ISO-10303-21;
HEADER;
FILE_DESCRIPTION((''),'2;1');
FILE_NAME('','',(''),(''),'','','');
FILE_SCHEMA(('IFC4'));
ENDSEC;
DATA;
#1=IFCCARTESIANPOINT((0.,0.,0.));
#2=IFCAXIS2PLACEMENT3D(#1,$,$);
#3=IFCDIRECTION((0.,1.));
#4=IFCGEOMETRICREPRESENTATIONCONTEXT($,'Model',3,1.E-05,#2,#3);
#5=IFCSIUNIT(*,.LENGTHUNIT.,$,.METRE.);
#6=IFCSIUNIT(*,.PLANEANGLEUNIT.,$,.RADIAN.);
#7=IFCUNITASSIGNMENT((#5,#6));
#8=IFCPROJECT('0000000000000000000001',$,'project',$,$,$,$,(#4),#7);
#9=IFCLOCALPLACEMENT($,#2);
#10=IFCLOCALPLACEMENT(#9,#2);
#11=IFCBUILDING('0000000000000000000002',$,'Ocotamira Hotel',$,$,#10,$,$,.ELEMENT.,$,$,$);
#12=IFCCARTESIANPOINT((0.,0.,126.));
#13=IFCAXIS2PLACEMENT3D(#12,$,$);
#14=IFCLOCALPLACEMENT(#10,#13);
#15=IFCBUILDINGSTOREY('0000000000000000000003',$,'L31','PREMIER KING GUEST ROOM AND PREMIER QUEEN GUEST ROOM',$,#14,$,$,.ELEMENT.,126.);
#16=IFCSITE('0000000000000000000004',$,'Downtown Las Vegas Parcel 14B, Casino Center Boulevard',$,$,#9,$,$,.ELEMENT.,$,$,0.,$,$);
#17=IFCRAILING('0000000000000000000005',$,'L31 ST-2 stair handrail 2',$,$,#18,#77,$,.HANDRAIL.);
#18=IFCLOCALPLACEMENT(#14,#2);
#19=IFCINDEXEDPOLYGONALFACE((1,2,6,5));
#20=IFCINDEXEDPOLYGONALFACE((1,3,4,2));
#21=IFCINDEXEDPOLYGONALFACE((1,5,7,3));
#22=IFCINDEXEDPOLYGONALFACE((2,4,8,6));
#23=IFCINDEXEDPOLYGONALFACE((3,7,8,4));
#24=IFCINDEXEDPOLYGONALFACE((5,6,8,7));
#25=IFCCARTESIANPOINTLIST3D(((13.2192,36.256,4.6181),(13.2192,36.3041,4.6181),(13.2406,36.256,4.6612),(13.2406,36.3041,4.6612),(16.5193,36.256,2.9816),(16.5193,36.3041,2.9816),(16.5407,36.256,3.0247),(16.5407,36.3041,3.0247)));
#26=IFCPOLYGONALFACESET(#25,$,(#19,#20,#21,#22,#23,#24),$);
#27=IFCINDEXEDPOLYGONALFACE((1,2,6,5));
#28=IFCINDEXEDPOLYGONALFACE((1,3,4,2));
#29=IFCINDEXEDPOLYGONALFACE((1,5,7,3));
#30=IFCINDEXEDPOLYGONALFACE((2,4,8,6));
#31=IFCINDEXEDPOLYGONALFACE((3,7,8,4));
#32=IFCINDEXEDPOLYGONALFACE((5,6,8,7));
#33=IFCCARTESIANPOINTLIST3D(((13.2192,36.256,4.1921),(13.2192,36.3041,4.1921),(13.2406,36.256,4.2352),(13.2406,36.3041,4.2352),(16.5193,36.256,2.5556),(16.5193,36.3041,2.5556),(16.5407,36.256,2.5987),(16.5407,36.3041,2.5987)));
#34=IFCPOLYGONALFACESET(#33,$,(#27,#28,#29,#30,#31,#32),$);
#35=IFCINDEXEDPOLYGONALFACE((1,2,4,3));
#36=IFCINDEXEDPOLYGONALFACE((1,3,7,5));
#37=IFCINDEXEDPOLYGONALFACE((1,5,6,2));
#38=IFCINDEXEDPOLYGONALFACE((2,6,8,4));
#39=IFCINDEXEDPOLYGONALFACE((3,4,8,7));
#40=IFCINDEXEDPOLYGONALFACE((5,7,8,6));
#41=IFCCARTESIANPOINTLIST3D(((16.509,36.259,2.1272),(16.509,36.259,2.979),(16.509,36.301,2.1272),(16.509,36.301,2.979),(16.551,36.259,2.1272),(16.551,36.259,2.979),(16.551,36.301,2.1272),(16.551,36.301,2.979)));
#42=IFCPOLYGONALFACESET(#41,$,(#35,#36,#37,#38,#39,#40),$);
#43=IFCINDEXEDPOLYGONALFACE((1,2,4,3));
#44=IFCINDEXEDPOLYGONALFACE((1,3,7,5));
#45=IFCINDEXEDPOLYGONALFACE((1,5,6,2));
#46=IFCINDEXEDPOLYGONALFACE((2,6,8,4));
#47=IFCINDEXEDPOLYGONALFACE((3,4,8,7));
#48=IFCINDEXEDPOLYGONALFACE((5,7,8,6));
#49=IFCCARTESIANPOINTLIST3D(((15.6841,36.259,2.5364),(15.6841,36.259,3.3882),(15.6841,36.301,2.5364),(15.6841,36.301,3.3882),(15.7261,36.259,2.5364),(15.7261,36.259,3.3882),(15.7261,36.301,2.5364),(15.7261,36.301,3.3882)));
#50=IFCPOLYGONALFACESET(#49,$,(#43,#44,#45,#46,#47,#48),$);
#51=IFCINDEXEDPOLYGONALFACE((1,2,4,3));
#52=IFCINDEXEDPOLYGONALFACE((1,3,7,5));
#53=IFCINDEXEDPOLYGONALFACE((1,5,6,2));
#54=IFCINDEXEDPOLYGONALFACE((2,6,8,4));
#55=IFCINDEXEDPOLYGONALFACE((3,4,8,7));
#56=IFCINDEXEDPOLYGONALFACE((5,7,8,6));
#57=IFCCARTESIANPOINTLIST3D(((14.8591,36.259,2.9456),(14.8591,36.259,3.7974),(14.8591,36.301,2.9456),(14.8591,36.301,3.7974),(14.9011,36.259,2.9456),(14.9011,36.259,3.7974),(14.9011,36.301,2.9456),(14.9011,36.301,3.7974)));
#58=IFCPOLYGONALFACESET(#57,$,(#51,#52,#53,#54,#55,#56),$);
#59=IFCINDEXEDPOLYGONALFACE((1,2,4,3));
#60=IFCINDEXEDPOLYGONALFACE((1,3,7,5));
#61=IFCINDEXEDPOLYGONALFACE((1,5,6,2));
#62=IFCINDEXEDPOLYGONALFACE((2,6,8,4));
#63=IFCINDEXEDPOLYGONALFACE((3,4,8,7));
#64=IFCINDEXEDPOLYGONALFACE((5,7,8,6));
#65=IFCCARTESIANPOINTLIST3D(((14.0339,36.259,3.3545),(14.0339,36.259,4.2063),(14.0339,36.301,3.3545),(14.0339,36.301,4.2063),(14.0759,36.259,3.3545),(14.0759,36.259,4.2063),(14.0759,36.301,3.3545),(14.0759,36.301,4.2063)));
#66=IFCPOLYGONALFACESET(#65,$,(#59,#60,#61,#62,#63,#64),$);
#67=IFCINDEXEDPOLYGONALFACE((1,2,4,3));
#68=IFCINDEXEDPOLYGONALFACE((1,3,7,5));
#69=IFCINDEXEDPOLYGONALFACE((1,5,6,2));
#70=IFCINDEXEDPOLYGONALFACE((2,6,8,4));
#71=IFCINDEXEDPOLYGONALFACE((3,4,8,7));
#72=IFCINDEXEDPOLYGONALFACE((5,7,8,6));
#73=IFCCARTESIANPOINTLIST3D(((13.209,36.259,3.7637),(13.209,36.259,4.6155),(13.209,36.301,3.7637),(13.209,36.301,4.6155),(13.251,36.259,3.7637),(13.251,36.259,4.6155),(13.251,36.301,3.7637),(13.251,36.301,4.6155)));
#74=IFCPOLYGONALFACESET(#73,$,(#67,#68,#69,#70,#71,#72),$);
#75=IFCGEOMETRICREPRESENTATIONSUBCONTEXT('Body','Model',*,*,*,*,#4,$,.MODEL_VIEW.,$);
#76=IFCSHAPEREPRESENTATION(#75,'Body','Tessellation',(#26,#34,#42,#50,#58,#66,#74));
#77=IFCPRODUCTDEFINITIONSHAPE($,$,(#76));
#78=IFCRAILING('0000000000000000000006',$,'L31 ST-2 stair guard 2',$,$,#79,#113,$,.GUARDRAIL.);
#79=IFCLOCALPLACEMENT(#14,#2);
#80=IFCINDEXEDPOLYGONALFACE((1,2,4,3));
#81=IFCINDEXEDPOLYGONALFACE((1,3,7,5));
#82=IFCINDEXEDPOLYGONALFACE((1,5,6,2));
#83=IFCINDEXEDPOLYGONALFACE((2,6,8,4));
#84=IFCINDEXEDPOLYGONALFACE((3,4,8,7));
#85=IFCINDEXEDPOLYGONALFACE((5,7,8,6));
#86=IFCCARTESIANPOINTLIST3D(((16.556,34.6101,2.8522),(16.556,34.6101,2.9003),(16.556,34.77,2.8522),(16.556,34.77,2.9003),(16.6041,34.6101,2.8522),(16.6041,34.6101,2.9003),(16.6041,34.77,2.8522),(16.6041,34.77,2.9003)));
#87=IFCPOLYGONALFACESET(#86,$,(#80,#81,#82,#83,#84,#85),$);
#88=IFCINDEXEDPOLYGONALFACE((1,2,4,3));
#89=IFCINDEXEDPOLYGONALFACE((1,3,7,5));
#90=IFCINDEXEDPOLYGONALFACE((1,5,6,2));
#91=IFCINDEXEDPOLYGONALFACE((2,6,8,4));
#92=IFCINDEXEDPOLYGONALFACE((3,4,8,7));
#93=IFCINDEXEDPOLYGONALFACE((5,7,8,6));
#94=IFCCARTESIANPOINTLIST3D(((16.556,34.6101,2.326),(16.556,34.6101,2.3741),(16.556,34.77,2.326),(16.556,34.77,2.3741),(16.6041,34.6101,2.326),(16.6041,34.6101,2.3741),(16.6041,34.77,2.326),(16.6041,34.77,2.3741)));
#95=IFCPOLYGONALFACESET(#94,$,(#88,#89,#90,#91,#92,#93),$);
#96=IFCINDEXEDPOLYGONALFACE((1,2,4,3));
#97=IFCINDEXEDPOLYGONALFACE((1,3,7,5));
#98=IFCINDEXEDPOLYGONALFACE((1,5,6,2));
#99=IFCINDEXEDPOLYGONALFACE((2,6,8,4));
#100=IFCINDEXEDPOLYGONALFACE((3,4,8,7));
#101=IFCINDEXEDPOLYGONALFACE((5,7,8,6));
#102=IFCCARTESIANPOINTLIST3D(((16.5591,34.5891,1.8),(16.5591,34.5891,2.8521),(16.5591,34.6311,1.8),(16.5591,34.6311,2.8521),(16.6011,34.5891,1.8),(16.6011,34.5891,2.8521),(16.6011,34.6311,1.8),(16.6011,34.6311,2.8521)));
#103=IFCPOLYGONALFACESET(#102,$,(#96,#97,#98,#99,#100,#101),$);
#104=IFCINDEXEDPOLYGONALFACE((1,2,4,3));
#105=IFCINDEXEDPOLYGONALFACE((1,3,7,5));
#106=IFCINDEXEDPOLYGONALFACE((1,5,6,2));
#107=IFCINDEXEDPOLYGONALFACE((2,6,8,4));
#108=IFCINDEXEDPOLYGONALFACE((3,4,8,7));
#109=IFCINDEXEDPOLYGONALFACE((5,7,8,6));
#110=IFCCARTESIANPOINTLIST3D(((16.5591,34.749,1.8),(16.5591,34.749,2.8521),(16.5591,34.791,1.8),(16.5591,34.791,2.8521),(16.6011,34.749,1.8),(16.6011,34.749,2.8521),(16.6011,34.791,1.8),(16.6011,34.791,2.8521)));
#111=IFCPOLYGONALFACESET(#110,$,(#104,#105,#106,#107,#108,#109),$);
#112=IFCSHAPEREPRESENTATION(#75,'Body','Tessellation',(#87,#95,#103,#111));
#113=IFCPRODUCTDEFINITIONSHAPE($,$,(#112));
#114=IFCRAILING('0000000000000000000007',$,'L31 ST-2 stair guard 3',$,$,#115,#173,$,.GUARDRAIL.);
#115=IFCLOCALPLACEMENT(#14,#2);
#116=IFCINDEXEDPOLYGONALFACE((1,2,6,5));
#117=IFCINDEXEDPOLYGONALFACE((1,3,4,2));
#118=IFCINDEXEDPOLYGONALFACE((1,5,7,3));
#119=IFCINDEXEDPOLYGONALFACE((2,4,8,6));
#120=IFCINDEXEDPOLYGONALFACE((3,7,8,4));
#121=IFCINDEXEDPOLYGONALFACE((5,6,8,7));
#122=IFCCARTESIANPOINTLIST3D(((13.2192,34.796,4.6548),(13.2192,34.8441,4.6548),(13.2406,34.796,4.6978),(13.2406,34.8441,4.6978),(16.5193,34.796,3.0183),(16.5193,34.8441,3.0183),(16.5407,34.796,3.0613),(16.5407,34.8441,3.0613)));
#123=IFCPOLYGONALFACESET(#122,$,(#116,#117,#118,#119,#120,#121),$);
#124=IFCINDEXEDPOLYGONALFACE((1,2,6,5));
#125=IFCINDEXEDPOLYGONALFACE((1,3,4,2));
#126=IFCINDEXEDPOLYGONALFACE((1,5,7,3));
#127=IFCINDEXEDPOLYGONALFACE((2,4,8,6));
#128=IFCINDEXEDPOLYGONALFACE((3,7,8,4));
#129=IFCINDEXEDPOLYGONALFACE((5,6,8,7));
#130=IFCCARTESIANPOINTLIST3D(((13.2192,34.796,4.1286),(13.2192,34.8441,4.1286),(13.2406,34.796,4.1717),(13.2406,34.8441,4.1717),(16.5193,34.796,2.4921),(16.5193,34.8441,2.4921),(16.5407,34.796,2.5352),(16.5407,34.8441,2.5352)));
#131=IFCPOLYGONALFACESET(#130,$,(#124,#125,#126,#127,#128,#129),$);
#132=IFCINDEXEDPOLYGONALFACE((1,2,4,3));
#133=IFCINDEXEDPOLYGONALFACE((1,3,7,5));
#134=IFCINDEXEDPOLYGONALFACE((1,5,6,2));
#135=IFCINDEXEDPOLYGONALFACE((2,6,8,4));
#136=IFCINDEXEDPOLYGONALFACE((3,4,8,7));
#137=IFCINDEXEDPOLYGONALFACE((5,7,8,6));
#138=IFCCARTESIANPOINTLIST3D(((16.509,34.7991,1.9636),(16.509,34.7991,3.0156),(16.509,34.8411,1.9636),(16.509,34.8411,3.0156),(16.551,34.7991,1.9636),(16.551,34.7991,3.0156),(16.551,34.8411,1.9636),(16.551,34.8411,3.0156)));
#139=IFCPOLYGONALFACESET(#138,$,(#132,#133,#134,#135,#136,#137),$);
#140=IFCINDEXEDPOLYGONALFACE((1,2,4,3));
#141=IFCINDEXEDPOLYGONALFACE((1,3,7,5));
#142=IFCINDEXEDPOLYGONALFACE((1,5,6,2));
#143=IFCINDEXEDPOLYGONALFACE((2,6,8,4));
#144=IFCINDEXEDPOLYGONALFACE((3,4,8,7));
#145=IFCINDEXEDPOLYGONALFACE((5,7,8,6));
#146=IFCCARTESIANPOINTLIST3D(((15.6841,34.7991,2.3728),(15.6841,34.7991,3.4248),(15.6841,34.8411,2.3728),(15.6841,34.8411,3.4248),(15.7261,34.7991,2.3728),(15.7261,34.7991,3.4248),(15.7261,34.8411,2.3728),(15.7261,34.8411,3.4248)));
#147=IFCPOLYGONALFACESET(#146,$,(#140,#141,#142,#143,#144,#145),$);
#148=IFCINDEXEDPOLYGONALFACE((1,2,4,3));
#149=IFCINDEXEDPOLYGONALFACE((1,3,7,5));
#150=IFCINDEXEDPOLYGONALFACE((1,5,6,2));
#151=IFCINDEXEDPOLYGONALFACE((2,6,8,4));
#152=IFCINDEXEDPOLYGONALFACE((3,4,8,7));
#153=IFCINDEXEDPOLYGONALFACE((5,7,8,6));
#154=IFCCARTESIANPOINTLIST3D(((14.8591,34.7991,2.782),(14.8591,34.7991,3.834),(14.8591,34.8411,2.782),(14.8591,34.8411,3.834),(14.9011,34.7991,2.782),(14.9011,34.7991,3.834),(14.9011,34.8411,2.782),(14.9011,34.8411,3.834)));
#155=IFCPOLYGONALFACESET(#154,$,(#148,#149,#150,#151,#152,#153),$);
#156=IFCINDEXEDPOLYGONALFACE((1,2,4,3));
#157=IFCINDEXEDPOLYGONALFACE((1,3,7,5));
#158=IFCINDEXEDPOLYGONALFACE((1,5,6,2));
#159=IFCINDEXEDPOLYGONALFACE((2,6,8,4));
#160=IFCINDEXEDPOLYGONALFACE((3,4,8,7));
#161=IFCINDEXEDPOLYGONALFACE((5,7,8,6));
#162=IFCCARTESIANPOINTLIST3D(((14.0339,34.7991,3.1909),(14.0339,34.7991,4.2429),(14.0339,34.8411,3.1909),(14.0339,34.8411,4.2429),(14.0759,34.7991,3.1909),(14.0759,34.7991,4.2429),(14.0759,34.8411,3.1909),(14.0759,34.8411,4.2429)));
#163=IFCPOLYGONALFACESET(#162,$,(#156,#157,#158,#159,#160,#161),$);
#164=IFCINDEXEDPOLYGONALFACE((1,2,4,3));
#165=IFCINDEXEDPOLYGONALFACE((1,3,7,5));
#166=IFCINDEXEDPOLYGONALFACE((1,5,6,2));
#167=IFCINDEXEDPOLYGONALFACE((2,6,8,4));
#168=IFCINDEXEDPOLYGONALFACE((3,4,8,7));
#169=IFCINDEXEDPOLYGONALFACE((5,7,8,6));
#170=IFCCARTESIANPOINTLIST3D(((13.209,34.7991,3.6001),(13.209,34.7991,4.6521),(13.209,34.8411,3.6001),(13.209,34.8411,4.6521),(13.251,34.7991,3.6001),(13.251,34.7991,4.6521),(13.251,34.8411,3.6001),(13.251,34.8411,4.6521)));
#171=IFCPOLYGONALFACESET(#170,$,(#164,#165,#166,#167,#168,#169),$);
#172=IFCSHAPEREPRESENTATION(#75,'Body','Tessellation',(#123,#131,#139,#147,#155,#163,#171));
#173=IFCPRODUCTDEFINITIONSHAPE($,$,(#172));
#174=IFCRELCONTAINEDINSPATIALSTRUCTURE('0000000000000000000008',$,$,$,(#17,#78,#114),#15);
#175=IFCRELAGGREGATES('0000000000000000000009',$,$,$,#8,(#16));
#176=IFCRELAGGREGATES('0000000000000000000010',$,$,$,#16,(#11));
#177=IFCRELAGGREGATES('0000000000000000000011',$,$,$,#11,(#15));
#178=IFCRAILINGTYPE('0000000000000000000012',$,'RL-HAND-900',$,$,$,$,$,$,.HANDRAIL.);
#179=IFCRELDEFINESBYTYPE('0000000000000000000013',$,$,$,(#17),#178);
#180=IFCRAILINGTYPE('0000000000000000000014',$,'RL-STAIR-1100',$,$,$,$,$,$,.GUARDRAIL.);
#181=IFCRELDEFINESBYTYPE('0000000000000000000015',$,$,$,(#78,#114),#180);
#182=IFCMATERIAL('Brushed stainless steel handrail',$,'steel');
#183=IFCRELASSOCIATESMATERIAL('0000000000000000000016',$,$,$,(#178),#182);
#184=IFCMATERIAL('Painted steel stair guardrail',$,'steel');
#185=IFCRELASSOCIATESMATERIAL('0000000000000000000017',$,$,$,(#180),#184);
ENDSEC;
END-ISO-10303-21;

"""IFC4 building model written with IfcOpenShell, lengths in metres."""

from ifc_helpers import new_model, si_unit, direction, frame, origin, origin_2d, place, context, subcontext, project, spatial, rectangle, extrude, material, type_object, element, save


model = new_model("IFC4")

# Units and contexts
model_context = context("Model", 3, precision=1e-05, world=origin(), true_north=direction((0.0, 1.0)))
body_context = subcontext(model_context, "Body", "Model", "MODEL_VIEW")
ifc_project = project(units=[si_unit("LENGTHUNIT", "METRE"), si_unit("PLANEANGLEUNIT", "RADIAN")], contexts=[model_context])

# Site, building, storey
site_placement = place(None, origin())
site = spatial("IfcSite", under=ifc_project, at=site_placement, Name="Downtown Las Vegas Parcel 14B, Casino Center Boulevard", CompositionType="ELEMENT", RefElevation=0.0)
building_placement = place(site_placement, origin())
building = spatial("IfcBuilding", under=site, at=building_placement, Name="Ocotamira Hotel", CompositionType="ELEMENT")
storey_placement = place(building_placement, frame((0.0, 0.0, 126.0)))
storey = spatial("IfcBuildingStorey", under=building, at=storey_placement, Name="L31", Description="PREMIER KING GUEST ROOM AND PREMIER QUEEN GUEST ROOM", CompositionType="ELEMENT", Elevation=126.0)

# Railings
ifc_material_1 = material(Name="Brushed stainless steel handrail", Category="steel")
railing_type_1 = type_object("IfcRailingType", Name="RL-HAND-900", PredefinedType="HANDRAIL", material=ifc_material_1)
railing_1_placement = place(storey_placement, frame((16.53, 36.28, 2.1272)))
element("IfcRailing", 1, at=railing_1_placement, inside=storey, type_object=railing_type_1, Name="L31 ST-2 stair handrail 2", PredefinedType="HANDRAIL", context=body_context, shape_type="SweptSolid", body=[
    extrude(rectangle(XDim=0.0481, YDim=0.0481, at=origin_2d()), frame((0.0, 0.0, 0.876), z_axis=(-0.895894, 0.0, 0.444268), x_axis=(0.0, -1.0, 0.0)), (0.0, 0.0, 1.0), 3.6836),
    extrude(rectangle(XDim=0.0481, YDim=0.0481, at=origin_2d()), frame((0.0, 0.0, 0.45), z_axis=(-0.895894, 0.0, 0.444268), x_axis=(0.0, -1.0, 0.0)), (0.0, 0.0, 1.0), 3.6836),
    extrude(rectangle(XDim=0.042, YDim=0.042, at=origin_2d()), origin(), (0.0, 0.0, 1.0), 0.8518),
    extrude(rectangle(XDim=0.042, YDim=0.042, at=origin_2d()), frame((-0.825, 0.0, 0.4092)), (0.0, 0.0, 1.0), 0.8518),
    extrude(rectangle(XDim=0.042, YDim=0.042, at=origin_2d()), frame((-1.6499, 0.0, 0.8184)), (0.0, 0.0, 1.0), 0.8518),
    extrude(rectangle(XDim=0.042, YDim=0.042, at=origin_2d()), frame((-2.4751, 0.0, 1.2273)), (0.0, 0.0, 1.0), 0.8518),
    extrude(rectangle(XDim=0.042, YDim=0.042, at=origin_2d()), frame((-3.3, 0.0, 1.6365)), (0.0, 0.0, 1.0), 0.8518),
])
ifc_material_2 = material(Name="Painted steel stair guardrail", Category="steel")
railing_type_2 = type_object("IfcRailingType", Name="RL-STAIR-1100", PredefinedType="GUARDRAIL", material=ifc_material_2)
railing_2_placement = place(storey_placement, frame((16.5801, 34.6101, 1.8)))
element("IfcRailing", 2, at=railing_2_placement, inside=storey, type_object=railing_type_2, Name="L31 ST-2 stair guard 2", PredefinedType="GUARDRAIL", context=body_context, shape_type="SweptSolid", body=[
    extrude(rectangle(XDim=0.0481, YDim=0.0481, at=origin_2d()), frame((0.0, 0.0, 1.0762), z_axis=(0.0, 1.0, 0.0), x_axis=(-1.0, 0.0, 0.0)), (0.0, 0.0, 1.0), 0.1599),
    extrude(rectangle(XDim=0.0481, YDim=0.0481, at=origin_2d()), frame((0.0, 0.0, 0.55), z_axis=(0.0, 1.0, 0.0), x_axis=(-1.0, 0.0, 0.0)), (0.0, 0.0, 1.0), 0.1599),
    extrude(rectangle(XDim=0.042, YDim=0.042, at=origin_2d()), origin(), (0.0, 0.0, 1.0), 1.052),
    extrude(rectangle(XDim=0.042, YDim=0.042, at=origin_2d()), frame((0.0, 0.1599, 0.0)), (0.0, 0.0, 1.0), 1.052),
])
railing_3_placement = place(storey_placement, frame((16.53, 34.8201, 1.9636)))
element("IfcRailing", 3, at=railing_3_placement, inside=storey, type_object=railing_type_2, Name="L31 ST-2 stair guard 3", PredefinedType="GUARDRAIL", context=body_context, shape_type="SweptSolid", body=[
    extrude(rectangle(XDim=0.0481, YDim=0.0481, at=origin_2d()), frame((0.0, 0.0, 1.0762), z_axis=(-0.895894, 0.0, 0.444268), x_axis=(0.0, -1.0, 0.0)), (0.0, 0.0, 1.0), 3.6836),
    extrude(rectangle(XDim=0.0481, YDim=0.0481, at=origin_2d()), frame((0.0, 0.0, 0.55), z_axis=(-0.895894, 0.0, 0.444268), x_axis=(0.0, -1.0, 0.0)), (0.0, 0.0, 1.0), 3.6836),
    extrude(rectangle(XDim=0.042, YDim=0.042, at=origin_2d()), origin(), (0.0, 0.0, 1.0), 1.052),
    extrude(rectangle(XDim=0.042, YDim=0.042, at=origin_2d()), frame((-0.825, 0.0, 0.4092)), (0.0, 0.0, 1.0), 1.052),
    extrude(rectangle(XDim=0.042, YDim=0.042, at=origin_2d()), frame((-1.6499, 0.0, 0.8184)), (0.0, 0.0, 1.0), 1.052),
    extrude(rectangle(XDim=0.042, YDim=0.042, at=origin_2d()), frame((-2.4751, 0.0, 1.2273)), (0.0, 0.0, 1.0), 1.052),
    extrude(rectangle(XDim=0.042, YDim=0.042, at=origin_2d()), frame((-3.3, 0.0, 1.6365)), (0.0, 0.0, 1.0), 1.052),
])

save(model, "model.ifc")
